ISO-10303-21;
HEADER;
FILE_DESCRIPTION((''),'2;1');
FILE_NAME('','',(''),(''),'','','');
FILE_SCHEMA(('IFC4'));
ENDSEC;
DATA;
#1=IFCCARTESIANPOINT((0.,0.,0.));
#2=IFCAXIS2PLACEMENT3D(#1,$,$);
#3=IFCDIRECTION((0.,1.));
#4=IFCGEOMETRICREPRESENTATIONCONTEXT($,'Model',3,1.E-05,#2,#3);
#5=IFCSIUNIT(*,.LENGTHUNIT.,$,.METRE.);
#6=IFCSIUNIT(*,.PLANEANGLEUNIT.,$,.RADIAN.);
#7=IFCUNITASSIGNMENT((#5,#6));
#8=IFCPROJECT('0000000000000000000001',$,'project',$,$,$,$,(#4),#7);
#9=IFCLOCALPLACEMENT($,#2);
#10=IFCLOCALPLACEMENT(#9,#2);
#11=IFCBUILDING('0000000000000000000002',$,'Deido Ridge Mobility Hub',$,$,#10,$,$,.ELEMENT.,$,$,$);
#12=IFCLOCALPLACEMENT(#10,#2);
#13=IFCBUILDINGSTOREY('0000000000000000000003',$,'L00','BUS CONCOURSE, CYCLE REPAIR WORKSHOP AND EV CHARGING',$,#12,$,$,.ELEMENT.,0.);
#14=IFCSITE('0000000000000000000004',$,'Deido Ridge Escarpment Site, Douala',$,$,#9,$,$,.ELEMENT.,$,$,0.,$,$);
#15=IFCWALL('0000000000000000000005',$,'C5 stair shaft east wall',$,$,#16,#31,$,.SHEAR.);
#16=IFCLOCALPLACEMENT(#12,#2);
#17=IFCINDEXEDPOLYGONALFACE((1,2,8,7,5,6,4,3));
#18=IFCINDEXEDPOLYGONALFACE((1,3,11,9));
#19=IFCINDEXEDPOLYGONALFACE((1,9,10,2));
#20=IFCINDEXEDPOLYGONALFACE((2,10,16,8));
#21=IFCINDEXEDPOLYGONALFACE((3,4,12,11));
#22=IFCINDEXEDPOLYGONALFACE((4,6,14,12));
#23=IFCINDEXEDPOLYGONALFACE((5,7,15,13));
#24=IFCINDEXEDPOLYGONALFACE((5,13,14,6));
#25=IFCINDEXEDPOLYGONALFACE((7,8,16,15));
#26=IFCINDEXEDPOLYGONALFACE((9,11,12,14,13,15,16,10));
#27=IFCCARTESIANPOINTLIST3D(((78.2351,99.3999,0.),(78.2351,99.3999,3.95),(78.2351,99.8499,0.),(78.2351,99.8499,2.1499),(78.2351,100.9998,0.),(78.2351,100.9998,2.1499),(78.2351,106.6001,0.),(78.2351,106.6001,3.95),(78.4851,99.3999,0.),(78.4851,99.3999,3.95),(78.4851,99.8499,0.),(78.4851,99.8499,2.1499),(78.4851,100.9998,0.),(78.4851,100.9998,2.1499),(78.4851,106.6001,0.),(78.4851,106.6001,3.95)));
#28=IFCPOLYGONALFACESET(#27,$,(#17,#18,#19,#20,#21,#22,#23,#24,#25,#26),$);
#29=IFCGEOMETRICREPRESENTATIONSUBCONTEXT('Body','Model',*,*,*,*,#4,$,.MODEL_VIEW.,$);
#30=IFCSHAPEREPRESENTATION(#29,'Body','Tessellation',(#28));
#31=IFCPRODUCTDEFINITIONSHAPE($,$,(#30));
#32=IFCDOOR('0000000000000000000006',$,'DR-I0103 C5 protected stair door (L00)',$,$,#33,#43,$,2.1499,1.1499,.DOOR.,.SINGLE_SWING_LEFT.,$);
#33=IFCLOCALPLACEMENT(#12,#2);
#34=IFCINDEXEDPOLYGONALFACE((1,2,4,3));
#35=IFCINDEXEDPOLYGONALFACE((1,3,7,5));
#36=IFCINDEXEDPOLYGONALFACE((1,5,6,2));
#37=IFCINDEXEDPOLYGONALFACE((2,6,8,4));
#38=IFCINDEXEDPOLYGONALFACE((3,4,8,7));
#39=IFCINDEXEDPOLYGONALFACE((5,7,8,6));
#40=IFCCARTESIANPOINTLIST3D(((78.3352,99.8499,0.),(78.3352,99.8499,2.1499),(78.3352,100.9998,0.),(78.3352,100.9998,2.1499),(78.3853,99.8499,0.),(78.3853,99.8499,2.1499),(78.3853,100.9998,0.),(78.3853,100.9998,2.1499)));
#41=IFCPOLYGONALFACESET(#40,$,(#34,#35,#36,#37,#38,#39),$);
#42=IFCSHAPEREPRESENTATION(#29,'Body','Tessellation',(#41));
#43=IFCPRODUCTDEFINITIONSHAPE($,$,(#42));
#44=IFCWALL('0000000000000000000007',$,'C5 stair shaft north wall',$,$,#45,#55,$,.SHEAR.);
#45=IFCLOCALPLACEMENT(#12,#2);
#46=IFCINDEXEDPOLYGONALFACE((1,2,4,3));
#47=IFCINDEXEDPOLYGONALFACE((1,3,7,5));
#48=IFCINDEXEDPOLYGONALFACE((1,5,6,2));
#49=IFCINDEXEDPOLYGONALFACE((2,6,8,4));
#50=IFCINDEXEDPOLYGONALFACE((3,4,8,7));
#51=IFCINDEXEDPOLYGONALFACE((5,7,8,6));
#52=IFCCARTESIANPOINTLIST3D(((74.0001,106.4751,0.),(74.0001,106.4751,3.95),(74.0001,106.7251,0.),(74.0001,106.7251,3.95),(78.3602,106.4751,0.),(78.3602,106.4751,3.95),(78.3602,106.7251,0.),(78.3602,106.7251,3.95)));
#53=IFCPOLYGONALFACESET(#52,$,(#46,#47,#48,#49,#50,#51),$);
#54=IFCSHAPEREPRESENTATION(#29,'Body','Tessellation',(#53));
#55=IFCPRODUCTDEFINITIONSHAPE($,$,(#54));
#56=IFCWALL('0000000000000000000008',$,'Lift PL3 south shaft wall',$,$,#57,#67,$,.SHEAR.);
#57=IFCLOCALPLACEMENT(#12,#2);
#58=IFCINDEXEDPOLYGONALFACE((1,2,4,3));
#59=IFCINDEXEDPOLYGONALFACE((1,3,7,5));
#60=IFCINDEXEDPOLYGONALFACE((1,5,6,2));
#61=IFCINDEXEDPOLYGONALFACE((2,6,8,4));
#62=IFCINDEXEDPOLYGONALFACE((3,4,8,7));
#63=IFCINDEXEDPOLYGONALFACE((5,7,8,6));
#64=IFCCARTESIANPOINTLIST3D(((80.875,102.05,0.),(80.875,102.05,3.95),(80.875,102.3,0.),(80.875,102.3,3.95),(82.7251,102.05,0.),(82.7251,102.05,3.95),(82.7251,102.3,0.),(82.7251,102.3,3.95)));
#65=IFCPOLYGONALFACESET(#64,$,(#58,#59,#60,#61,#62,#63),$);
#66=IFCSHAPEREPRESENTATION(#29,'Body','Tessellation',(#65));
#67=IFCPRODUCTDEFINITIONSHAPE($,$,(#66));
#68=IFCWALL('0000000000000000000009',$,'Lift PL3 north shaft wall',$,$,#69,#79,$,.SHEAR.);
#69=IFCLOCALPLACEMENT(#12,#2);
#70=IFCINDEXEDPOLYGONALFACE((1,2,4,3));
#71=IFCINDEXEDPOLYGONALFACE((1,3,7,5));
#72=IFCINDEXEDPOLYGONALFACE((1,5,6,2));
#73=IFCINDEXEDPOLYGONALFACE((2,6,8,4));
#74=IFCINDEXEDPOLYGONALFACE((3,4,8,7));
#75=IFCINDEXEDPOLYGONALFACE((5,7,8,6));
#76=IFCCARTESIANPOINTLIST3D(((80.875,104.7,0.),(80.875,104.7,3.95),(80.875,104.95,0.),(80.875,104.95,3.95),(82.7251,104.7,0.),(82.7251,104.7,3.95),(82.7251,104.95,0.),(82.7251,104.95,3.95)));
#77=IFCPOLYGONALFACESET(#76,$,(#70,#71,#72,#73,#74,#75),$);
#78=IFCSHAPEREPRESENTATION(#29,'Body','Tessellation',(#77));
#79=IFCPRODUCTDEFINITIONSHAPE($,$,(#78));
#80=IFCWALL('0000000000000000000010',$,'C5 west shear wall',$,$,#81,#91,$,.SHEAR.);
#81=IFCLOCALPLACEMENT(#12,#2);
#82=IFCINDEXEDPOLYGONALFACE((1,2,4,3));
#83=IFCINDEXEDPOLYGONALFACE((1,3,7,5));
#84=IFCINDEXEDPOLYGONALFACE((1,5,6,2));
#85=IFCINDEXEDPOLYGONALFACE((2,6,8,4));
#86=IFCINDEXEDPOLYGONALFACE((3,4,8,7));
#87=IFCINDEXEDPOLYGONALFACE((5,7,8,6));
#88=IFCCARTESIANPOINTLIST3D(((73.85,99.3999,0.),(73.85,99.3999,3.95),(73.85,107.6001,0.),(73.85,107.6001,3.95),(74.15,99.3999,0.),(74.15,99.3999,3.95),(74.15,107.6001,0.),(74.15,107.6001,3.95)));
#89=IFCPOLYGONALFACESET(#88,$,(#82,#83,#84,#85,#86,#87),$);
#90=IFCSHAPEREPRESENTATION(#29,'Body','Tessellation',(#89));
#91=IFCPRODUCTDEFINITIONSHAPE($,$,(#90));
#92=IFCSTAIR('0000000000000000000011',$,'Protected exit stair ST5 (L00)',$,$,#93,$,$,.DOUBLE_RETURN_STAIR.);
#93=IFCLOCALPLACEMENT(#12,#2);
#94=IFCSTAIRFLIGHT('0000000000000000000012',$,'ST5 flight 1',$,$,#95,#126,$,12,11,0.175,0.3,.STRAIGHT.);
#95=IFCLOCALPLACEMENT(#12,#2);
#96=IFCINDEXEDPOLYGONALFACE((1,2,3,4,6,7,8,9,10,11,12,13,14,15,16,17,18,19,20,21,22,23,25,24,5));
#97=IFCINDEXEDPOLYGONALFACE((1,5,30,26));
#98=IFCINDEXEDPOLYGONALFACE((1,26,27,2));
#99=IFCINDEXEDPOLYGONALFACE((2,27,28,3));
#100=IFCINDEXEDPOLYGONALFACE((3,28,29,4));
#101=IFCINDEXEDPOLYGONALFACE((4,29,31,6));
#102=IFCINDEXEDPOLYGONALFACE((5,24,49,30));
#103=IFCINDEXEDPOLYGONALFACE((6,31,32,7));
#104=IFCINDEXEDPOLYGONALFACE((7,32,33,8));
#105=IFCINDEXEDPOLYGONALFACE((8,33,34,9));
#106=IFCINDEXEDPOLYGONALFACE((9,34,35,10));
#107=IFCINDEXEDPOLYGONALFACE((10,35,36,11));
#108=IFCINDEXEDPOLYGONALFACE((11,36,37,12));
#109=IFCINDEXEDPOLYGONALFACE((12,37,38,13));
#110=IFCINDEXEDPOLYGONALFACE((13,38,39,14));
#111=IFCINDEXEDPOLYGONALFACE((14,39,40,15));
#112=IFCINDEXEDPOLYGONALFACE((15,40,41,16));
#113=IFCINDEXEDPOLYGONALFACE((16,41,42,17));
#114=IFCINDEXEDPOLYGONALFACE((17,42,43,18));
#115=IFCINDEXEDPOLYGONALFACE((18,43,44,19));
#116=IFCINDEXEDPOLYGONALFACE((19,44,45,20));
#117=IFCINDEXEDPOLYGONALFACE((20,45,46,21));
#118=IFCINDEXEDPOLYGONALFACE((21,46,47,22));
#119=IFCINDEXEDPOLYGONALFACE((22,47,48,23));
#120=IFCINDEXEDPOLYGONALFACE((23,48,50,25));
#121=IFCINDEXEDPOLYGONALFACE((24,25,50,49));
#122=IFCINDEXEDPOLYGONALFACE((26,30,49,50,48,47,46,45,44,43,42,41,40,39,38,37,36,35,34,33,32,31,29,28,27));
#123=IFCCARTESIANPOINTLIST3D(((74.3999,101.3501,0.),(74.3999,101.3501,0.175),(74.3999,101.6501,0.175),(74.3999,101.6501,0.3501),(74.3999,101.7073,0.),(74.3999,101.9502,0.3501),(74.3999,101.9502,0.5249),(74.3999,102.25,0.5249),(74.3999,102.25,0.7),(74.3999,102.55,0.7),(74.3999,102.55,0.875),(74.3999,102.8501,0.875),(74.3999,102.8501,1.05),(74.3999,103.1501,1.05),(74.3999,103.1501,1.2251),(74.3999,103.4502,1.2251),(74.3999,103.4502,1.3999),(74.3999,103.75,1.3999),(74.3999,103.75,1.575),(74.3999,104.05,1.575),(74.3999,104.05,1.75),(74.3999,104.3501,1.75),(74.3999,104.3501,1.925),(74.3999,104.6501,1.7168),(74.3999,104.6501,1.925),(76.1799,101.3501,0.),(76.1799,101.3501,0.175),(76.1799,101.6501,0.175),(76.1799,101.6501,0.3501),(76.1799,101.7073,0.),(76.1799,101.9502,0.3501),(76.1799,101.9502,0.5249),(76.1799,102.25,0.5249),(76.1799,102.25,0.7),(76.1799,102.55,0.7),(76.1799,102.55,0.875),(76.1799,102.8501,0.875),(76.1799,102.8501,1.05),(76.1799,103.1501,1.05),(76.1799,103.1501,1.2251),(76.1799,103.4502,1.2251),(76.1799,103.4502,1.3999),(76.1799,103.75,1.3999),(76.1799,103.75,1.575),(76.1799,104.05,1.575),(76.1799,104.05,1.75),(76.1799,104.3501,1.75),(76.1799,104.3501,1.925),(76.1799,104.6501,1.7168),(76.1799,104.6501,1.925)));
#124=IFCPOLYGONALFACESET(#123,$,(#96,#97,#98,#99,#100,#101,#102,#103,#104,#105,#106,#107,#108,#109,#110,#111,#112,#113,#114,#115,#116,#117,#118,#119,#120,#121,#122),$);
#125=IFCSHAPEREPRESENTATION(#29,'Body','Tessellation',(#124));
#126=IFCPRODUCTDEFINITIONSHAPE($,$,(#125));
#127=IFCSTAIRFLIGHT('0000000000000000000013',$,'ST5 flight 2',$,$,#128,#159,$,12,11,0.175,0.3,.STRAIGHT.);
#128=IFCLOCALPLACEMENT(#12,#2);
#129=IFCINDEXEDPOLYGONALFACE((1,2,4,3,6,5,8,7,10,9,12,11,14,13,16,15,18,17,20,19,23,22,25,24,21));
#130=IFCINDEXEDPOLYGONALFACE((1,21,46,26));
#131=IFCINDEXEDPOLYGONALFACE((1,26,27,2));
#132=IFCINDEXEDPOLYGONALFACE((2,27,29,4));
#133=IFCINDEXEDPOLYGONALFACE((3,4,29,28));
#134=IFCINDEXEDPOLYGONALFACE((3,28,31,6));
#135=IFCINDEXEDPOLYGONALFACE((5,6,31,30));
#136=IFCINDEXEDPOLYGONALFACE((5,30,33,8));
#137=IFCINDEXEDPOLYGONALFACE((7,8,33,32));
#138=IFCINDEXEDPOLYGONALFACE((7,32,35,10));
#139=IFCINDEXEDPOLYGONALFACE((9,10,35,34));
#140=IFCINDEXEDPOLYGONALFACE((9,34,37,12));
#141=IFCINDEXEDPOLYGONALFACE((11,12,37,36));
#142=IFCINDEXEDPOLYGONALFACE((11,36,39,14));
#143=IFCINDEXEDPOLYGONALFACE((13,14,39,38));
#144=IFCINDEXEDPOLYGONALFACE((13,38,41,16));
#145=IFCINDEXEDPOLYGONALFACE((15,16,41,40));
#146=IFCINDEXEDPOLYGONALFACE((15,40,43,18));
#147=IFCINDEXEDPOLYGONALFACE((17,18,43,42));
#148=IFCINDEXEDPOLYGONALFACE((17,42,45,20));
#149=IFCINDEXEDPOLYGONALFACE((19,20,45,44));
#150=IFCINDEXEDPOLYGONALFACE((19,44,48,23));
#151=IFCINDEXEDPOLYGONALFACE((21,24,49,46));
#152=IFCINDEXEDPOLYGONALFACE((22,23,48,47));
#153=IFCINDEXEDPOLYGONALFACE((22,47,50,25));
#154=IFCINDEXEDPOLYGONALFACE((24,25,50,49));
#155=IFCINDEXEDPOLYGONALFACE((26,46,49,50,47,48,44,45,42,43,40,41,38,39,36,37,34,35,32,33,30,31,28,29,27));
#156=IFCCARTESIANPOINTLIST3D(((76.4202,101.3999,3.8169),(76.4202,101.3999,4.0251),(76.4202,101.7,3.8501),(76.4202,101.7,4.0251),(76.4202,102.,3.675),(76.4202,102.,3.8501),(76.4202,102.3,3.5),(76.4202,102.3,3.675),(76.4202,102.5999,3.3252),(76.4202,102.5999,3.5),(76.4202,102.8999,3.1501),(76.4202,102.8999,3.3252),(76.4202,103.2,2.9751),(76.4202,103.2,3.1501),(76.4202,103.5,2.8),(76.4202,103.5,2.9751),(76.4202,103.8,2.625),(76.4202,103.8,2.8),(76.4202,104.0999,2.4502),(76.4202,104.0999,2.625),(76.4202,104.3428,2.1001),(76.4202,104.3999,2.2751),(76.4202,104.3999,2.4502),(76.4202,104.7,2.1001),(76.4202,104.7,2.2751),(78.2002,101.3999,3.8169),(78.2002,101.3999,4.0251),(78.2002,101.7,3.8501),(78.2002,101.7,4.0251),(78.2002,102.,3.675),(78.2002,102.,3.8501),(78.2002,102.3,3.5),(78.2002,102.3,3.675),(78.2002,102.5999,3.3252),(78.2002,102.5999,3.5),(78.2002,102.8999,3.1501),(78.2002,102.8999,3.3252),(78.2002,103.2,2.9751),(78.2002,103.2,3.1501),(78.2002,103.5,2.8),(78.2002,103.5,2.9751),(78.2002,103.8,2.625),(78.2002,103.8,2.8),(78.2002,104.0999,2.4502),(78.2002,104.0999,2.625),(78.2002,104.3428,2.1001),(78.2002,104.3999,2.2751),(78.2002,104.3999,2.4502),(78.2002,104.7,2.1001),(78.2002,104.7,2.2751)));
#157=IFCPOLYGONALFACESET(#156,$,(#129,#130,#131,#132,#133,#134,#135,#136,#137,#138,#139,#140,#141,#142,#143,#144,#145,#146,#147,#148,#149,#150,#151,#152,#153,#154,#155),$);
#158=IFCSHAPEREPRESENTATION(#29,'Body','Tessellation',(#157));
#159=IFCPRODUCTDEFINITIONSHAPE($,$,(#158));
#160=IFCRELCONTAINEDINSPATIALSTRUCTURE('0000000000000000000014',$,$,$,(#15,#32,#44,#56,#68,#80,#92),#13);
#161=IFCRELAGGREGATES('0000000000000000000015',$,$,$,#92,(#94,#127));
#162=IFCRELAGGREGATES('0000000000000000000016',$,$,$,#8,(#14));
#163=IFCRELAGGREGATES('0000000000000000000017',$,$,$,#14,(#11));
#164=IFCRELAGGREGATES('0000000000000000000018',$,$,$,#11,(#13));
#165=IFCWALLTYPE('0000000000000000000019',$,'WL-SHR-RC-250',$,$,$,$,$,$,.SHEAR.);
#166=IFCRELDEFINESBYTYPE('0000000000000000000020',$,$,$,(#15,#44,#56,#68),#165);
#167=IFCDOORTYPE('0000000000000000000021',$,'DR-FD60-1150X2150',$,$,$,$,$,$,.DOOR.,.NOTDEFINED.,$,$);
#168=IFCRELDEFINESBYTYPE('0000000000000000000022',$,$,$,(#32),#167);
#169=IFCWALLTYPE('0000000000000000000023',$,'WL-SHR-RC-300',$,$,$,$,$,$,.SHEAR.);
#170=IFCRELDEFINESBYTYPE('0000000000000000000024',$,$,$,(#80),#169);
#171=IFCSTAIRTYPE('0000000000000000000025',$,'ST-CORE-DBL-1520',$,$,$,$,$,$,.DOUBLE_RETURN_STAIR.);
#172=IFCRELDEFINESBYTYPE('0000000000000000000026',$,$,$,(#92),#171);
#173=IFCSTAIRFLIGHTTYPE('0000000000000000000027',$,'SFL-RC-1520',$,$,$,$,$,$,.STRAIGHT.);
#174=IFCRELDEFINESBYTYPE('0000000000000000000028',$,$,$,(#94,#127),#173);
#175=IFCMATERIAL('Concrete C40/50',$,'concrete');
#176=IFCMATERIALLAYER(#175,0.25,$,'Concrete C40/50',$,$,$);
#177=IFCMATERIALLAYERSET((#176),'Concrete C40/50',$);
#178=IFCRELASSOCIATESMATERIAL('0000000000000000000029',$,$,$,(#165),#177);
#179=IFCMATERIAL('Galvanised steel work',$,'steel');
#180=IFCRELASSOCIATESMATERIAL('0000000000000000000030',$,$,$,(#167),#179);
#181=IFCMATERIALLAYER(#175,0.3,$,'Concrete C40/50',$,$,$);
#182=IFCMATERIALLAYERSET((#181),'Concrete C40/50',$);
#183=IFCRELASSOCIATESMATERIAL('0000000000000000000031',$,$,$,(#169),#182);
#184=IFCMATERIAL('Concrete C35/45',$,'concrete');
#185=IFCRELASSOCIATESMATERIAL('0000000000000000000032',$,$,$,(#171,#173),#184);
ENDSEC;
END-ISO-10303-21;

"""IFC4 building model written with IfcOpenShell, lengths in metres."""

from ifc_helpers import new_model, si_unit, direction, frame, frame_2d, origin, place, context, subcontext, project, spatial, polyline, rectangle, outline, extrude, material, layer, layer_set, type_object, element, fill, aggregate, save


model = new_model("IFC4")

# Units and contexts
model_context = context("Model", 3, precision=1e-05, world=origin(), true_north=direction((0.0, 1.0)))
body_context = subcontext(model_context, "Body", "Model", "MODEL_VIEW")
ifc_project = project(units=[si_unit("LENGTHUNIT", "METRE"), si_unit("PLANEANGLEUNIT", "RADIAN")], contexts=[model_context])

# Site, building, storey
site_placement = place(None, origin())
site = spatial("IfcSite", under=ifc_project, at=site_placement, Name="Deido Ridge Escarpment Site, Douala", CompositionType="ELEMENT", RefElevation=0.0)
building_placement = place(site_placement, origin())
building = spatial("IfcBuilding", under=site, at=building_placement, Name="Deido Ridge Mobility Hub", CompositionType="ELEMENT")
storey_placement = place(building_placement, origin())
storey = spatial("IfcBuildingStorey", under=building, at=storey_placement, Name="L00", Description="BUS CONCOURSE, CYCLE REPAIR WORKSHOP AND EV CHARGING", CompositionType="ELEMENT", Elevation=0.0)

# Wall, opening, door
ifc_material_1 = material(Name="Concrete C40/50", Category="concrete")
ifc_layer_1 = layer(ifc_material_1, 0.25, Name="Concrete C40/50")
ifc_layer_set_1 = layer_set([ifc_layer_1], Name="Concrete C40/50")
wall_type_1 = type_object("IfcWallType", Name="WL-SHR-RC-250", PredefinedType="SHEAR", material=ifc_layer_set_1)
wall_1_placement = place(storey_placement, frame((78.3601, 99.3999, 0.0), z_axis=(0.0, 0.0, 1.0), x_axis=(0.0, 1.0, 0.0)))
wall_1 = element("IfcWall", 1, at=wall_1_placement, inside=storey, type_object=wall_type_1, Name="C5 stair shaft east wall", PredefinedType="SHEAR", context=body_context, shape_type="SweptSolid", body=[
    extrude(rectangle(XDim=7.2002, YDim=0.25, at=frame_2d((3.6001, 0.0))), origin(), (0.0, 0.0, 1.0), 3.95),
])
opening_1_placement = place(wall_1_placement, frame((0.45, 0.0, 0.0)))
opening_1 = element("IfcOpeningElement", 2, at=opening_1_placement, cuts=wall_1, PredefinedType="OPENING", context=body_context, shape_type="SweptSolid", body=[
    extrude(rectangle(XDim=1.1499, YDim=2.1499, at=frame_2d((0.575, 1.075))), frame((0.0, 0.135, 0.0), z_axis=(0.0, -1.0, 0.0), x_axis=(1.0, 0.0, 0.0)), (0.0, 0.0, 1.0), 0.27),
])
ifc_material_2 = material(Name="Galvanised steel work", Category="steel")
door_type_1 = type_object("IfcDoorType", Name="DR-FD60-1150X2150", OperationType="NOTDEFINED", PredefinedType="DOOR", material=ifc_material_2)
door_1_placement = place(opening_1_placement, origin())
door_1 = element("IfcDoor", 3, at=door_1_placement, inside=storey, type_object=door_type_1, Name="DR-I0103 C5 protected stair door (L00)", OperationType="SINGLE_SWING_LEFT", OverallHeight=2.1499, OverallWidth=1.1499, PredefinedType="DOOR", context=body_context, shape_type="SweptSolid", body=[
    extrude(rectangle(XDim=1.1499, YDim=2.1499, at=frame_2d((0.575, 1.075))), frame((0.0, 0.0249, 0.0), z_axis=(0.0, -1.0, 0.0), x_axis=(1.0, 0.0, 0.0)), (0.0, 0.0, 1.0), 0.05),
])
fill(opening_1, door_1)

# Walls
wall_2_placement = place(storey_placement, frame((74.0, 106.6001, 0.0), z_axis=(0.0, 0.0, 1.0), x_axis=(1.0, 0.0, 0.0)))
element("IfcWall", 4, at=wall_2_placement, inside=storey, type_object=wall_type_1, Name="C5 stair shaft north wall", PredefinedType="SHEAR", context=body_context, shape_type="SweptSolid", body=[
    extrude(rectangle(XDim=4.3601, YDim=0.25, at=frame_2d((2.1802, 0.0))), origin(), (0.0, 0.0, 1.0), 3.95),
])
for number, where, z_axis, x_axis, name in (
    (5, (80.875, 102.175, 0.0), (0.0, 0.0, 1.0), (1.0, 0.0, 0.0), "Lift PL3 south shaft wall"),
    (6, (80.875, 104.825, 0.0), (0.0, 0.0, 1.0), (1.0, 0.0, 0.0), "Lift PL3 north shaft wall"),
):
    element("IfcWall", number, at=place(storey_placement, frame(where, z_axis=z_axis, x_axis=x_axis)), inside=storey, type_object=wall_type_1, Name=name, PredefinedType="SHEAR", context=body_context, shape_type="SweptSolid", body=[
        extrude(rectangle(XDim=1.8501, YDim=0.25, at=frame_2d((0.925, 0.0))), origin(), (0.0, 0.0, 1.0), 3.95),
    ])

# Wall
ifc_layer_2 = layer(ifc_material_1, 0.3, Name="Concrete C40/50")
ifc_layer_set_2 = layer_set([ifc_layer_2], Name="Concrete C40/50")
wall_type_2 = type_object("IfcWallType", Name="WL-SHR-RC-300", PredefinedType="SHEAR", material=ifc_layer_set_2)
wall_3_placement = place(storey_placement, frame((74.0, 107.6001, 0.0), z_axis=(0.0, 0.0, 1.0), x_axis=(0.0, -1.0, 0.0)))
element("IfcWall", 7, at=wall_3_placement, inside=storey, type_object=wall_type_2, Name="C5 west shear wall", PredefinedType="SHEAR", context=body_context, shape_type="SweptSolid", body=[
    extrude(rectangle(XDim=8.2002, YDim=0.3, at=frame_2d((4.1001, 0.0))), origin(), (0.0, 0.0, 1.0), 3.95),
])

# Stair, stair flights
ifc_material_3 = material(Name="Concrete C35/45", Category="concrete")
stair_type = type_object("IfcStairType", Name="ST-CORE-DBL-1520", PredefinedType="DOUBLE_RETURN_STAIR", material=ifc_material_3)
stair_placement = place(storey_placement, origin())
stair = element("IfcStair", 8, at=stair_placement, inside=storey, type_object=stair_type, Name="Protected exit stair ST5 (L00)", PredefinedType="DOUBLE_RETURN_STAIR")
stair_flight_type = type_object("IfcStairFlightType", Name="SFL-RC-1520", PredefinedType="STRAIGHT", material=ifc_material_3)
stair_flight_1_placement = place(storey_placement, frame((75.29, 101.3501, 0.0), z_axis=(0.0, 0.0, 1.0), x_axis=(0.0, 1.0, 0.0)))
stair_flight_1 = element("IfcStairFlight", 9, at=stair_flight_1_placement, type_object=stair_flight_type, Name="ST5 flight 1", NumberOfRisers=12, NumberOfTreads=11, PredefinedType="STRAIGHT", RiserHeight=0.175, TreadLength=0.3, context=body_context, shape_type="SweptSolid", body=[
    extrude(outline(polyline([(0.0, 0.0), (0.0, 0.175), (0.3, 0.175), (0.3, 0.3501), (0.6001, 0.3501), (0.6001, 0.5249), (0.8999, 0.5249), (0.8999, 0.7), (1.2, 0.7), (1.2, 0.875), (1.5, 0.875), (1.5, 1.05), (1.8, 1.05), (1.8, 1.2251), (2.1001, 1.2251), (2.1001, 1.3999), (2.3999, 1.3999), (2.3999, 1.575), (2.7, 1.575), (2.7, 1.75), (3.0, 1.75), (3.0, 1.925), (3.3, 1.925), (3.3, 2.1001), (3.3, 1.7168), (0.3572, 0.0), (0.0, 0.0)])), frame((0.0, 0.8901, 0.0), z_axis=(0.0, -1.0, 0.0), x_axis=(1.0, 0.0, 0.0)), (0.0, 0.0, 1.0), 1.78),
])
stair_flight_2_placement = place(storey_placement, frame((77.3101, 104.7, 2.1001), z_axis=(0.0, 0.0, 1.0), x_axis=(0.0, -1.0, 0.0)))
stair_flight_2 = element("IfcStairFlight", 10, at=stair_flight_2_placement, type_object=stair_flight_type, Name="ST5 flight 2", NumberOfRisers=12, NumberOfTreads=11, PredefinedType="STRAIGHT", RiserHeight=0.175, TreadLength=0.3, context=body_context, shape_type="SweptSolid", body=[
    extrude(outline(polyline([(0.0, 0.0), (0.0, 0.175), (0.3, 0.175), (0.3, 0.3501), (0.6001, 0.3501), (0.6001, 0.5249), (0.8999, 0.5249), (0.8999, 0.7), (1.2, 0.7), (1.2, 0.875), (1.5, 0.875), (1.5, 1.05), (1.8, 1.05), (1.8, 1.2251), (2.1001, 1.2251), (2.1001, 1.3999), (2.3999, 1.3999), (2.3999, 1.575), (2.7, 1.575), (2.7, 1.75), (3.0, 1.75), (3.0, 1.925), (3.3, 1.925), (3.3, 2.1001), (3.3, 1.7168), (0.3572, 0.0), (0.0, 0.0)])), frame((0.0, 0.8901, 0.0), z_axis=(0.0, -1.0, 0.0), x_axis=(1.0, 0.0, 0.0)), (0.0, 0.0, 1.0), 1.78),
])
aggregate(stair, [stair_flight_1, stair_flight_2])

save(model, "model.ifc")
